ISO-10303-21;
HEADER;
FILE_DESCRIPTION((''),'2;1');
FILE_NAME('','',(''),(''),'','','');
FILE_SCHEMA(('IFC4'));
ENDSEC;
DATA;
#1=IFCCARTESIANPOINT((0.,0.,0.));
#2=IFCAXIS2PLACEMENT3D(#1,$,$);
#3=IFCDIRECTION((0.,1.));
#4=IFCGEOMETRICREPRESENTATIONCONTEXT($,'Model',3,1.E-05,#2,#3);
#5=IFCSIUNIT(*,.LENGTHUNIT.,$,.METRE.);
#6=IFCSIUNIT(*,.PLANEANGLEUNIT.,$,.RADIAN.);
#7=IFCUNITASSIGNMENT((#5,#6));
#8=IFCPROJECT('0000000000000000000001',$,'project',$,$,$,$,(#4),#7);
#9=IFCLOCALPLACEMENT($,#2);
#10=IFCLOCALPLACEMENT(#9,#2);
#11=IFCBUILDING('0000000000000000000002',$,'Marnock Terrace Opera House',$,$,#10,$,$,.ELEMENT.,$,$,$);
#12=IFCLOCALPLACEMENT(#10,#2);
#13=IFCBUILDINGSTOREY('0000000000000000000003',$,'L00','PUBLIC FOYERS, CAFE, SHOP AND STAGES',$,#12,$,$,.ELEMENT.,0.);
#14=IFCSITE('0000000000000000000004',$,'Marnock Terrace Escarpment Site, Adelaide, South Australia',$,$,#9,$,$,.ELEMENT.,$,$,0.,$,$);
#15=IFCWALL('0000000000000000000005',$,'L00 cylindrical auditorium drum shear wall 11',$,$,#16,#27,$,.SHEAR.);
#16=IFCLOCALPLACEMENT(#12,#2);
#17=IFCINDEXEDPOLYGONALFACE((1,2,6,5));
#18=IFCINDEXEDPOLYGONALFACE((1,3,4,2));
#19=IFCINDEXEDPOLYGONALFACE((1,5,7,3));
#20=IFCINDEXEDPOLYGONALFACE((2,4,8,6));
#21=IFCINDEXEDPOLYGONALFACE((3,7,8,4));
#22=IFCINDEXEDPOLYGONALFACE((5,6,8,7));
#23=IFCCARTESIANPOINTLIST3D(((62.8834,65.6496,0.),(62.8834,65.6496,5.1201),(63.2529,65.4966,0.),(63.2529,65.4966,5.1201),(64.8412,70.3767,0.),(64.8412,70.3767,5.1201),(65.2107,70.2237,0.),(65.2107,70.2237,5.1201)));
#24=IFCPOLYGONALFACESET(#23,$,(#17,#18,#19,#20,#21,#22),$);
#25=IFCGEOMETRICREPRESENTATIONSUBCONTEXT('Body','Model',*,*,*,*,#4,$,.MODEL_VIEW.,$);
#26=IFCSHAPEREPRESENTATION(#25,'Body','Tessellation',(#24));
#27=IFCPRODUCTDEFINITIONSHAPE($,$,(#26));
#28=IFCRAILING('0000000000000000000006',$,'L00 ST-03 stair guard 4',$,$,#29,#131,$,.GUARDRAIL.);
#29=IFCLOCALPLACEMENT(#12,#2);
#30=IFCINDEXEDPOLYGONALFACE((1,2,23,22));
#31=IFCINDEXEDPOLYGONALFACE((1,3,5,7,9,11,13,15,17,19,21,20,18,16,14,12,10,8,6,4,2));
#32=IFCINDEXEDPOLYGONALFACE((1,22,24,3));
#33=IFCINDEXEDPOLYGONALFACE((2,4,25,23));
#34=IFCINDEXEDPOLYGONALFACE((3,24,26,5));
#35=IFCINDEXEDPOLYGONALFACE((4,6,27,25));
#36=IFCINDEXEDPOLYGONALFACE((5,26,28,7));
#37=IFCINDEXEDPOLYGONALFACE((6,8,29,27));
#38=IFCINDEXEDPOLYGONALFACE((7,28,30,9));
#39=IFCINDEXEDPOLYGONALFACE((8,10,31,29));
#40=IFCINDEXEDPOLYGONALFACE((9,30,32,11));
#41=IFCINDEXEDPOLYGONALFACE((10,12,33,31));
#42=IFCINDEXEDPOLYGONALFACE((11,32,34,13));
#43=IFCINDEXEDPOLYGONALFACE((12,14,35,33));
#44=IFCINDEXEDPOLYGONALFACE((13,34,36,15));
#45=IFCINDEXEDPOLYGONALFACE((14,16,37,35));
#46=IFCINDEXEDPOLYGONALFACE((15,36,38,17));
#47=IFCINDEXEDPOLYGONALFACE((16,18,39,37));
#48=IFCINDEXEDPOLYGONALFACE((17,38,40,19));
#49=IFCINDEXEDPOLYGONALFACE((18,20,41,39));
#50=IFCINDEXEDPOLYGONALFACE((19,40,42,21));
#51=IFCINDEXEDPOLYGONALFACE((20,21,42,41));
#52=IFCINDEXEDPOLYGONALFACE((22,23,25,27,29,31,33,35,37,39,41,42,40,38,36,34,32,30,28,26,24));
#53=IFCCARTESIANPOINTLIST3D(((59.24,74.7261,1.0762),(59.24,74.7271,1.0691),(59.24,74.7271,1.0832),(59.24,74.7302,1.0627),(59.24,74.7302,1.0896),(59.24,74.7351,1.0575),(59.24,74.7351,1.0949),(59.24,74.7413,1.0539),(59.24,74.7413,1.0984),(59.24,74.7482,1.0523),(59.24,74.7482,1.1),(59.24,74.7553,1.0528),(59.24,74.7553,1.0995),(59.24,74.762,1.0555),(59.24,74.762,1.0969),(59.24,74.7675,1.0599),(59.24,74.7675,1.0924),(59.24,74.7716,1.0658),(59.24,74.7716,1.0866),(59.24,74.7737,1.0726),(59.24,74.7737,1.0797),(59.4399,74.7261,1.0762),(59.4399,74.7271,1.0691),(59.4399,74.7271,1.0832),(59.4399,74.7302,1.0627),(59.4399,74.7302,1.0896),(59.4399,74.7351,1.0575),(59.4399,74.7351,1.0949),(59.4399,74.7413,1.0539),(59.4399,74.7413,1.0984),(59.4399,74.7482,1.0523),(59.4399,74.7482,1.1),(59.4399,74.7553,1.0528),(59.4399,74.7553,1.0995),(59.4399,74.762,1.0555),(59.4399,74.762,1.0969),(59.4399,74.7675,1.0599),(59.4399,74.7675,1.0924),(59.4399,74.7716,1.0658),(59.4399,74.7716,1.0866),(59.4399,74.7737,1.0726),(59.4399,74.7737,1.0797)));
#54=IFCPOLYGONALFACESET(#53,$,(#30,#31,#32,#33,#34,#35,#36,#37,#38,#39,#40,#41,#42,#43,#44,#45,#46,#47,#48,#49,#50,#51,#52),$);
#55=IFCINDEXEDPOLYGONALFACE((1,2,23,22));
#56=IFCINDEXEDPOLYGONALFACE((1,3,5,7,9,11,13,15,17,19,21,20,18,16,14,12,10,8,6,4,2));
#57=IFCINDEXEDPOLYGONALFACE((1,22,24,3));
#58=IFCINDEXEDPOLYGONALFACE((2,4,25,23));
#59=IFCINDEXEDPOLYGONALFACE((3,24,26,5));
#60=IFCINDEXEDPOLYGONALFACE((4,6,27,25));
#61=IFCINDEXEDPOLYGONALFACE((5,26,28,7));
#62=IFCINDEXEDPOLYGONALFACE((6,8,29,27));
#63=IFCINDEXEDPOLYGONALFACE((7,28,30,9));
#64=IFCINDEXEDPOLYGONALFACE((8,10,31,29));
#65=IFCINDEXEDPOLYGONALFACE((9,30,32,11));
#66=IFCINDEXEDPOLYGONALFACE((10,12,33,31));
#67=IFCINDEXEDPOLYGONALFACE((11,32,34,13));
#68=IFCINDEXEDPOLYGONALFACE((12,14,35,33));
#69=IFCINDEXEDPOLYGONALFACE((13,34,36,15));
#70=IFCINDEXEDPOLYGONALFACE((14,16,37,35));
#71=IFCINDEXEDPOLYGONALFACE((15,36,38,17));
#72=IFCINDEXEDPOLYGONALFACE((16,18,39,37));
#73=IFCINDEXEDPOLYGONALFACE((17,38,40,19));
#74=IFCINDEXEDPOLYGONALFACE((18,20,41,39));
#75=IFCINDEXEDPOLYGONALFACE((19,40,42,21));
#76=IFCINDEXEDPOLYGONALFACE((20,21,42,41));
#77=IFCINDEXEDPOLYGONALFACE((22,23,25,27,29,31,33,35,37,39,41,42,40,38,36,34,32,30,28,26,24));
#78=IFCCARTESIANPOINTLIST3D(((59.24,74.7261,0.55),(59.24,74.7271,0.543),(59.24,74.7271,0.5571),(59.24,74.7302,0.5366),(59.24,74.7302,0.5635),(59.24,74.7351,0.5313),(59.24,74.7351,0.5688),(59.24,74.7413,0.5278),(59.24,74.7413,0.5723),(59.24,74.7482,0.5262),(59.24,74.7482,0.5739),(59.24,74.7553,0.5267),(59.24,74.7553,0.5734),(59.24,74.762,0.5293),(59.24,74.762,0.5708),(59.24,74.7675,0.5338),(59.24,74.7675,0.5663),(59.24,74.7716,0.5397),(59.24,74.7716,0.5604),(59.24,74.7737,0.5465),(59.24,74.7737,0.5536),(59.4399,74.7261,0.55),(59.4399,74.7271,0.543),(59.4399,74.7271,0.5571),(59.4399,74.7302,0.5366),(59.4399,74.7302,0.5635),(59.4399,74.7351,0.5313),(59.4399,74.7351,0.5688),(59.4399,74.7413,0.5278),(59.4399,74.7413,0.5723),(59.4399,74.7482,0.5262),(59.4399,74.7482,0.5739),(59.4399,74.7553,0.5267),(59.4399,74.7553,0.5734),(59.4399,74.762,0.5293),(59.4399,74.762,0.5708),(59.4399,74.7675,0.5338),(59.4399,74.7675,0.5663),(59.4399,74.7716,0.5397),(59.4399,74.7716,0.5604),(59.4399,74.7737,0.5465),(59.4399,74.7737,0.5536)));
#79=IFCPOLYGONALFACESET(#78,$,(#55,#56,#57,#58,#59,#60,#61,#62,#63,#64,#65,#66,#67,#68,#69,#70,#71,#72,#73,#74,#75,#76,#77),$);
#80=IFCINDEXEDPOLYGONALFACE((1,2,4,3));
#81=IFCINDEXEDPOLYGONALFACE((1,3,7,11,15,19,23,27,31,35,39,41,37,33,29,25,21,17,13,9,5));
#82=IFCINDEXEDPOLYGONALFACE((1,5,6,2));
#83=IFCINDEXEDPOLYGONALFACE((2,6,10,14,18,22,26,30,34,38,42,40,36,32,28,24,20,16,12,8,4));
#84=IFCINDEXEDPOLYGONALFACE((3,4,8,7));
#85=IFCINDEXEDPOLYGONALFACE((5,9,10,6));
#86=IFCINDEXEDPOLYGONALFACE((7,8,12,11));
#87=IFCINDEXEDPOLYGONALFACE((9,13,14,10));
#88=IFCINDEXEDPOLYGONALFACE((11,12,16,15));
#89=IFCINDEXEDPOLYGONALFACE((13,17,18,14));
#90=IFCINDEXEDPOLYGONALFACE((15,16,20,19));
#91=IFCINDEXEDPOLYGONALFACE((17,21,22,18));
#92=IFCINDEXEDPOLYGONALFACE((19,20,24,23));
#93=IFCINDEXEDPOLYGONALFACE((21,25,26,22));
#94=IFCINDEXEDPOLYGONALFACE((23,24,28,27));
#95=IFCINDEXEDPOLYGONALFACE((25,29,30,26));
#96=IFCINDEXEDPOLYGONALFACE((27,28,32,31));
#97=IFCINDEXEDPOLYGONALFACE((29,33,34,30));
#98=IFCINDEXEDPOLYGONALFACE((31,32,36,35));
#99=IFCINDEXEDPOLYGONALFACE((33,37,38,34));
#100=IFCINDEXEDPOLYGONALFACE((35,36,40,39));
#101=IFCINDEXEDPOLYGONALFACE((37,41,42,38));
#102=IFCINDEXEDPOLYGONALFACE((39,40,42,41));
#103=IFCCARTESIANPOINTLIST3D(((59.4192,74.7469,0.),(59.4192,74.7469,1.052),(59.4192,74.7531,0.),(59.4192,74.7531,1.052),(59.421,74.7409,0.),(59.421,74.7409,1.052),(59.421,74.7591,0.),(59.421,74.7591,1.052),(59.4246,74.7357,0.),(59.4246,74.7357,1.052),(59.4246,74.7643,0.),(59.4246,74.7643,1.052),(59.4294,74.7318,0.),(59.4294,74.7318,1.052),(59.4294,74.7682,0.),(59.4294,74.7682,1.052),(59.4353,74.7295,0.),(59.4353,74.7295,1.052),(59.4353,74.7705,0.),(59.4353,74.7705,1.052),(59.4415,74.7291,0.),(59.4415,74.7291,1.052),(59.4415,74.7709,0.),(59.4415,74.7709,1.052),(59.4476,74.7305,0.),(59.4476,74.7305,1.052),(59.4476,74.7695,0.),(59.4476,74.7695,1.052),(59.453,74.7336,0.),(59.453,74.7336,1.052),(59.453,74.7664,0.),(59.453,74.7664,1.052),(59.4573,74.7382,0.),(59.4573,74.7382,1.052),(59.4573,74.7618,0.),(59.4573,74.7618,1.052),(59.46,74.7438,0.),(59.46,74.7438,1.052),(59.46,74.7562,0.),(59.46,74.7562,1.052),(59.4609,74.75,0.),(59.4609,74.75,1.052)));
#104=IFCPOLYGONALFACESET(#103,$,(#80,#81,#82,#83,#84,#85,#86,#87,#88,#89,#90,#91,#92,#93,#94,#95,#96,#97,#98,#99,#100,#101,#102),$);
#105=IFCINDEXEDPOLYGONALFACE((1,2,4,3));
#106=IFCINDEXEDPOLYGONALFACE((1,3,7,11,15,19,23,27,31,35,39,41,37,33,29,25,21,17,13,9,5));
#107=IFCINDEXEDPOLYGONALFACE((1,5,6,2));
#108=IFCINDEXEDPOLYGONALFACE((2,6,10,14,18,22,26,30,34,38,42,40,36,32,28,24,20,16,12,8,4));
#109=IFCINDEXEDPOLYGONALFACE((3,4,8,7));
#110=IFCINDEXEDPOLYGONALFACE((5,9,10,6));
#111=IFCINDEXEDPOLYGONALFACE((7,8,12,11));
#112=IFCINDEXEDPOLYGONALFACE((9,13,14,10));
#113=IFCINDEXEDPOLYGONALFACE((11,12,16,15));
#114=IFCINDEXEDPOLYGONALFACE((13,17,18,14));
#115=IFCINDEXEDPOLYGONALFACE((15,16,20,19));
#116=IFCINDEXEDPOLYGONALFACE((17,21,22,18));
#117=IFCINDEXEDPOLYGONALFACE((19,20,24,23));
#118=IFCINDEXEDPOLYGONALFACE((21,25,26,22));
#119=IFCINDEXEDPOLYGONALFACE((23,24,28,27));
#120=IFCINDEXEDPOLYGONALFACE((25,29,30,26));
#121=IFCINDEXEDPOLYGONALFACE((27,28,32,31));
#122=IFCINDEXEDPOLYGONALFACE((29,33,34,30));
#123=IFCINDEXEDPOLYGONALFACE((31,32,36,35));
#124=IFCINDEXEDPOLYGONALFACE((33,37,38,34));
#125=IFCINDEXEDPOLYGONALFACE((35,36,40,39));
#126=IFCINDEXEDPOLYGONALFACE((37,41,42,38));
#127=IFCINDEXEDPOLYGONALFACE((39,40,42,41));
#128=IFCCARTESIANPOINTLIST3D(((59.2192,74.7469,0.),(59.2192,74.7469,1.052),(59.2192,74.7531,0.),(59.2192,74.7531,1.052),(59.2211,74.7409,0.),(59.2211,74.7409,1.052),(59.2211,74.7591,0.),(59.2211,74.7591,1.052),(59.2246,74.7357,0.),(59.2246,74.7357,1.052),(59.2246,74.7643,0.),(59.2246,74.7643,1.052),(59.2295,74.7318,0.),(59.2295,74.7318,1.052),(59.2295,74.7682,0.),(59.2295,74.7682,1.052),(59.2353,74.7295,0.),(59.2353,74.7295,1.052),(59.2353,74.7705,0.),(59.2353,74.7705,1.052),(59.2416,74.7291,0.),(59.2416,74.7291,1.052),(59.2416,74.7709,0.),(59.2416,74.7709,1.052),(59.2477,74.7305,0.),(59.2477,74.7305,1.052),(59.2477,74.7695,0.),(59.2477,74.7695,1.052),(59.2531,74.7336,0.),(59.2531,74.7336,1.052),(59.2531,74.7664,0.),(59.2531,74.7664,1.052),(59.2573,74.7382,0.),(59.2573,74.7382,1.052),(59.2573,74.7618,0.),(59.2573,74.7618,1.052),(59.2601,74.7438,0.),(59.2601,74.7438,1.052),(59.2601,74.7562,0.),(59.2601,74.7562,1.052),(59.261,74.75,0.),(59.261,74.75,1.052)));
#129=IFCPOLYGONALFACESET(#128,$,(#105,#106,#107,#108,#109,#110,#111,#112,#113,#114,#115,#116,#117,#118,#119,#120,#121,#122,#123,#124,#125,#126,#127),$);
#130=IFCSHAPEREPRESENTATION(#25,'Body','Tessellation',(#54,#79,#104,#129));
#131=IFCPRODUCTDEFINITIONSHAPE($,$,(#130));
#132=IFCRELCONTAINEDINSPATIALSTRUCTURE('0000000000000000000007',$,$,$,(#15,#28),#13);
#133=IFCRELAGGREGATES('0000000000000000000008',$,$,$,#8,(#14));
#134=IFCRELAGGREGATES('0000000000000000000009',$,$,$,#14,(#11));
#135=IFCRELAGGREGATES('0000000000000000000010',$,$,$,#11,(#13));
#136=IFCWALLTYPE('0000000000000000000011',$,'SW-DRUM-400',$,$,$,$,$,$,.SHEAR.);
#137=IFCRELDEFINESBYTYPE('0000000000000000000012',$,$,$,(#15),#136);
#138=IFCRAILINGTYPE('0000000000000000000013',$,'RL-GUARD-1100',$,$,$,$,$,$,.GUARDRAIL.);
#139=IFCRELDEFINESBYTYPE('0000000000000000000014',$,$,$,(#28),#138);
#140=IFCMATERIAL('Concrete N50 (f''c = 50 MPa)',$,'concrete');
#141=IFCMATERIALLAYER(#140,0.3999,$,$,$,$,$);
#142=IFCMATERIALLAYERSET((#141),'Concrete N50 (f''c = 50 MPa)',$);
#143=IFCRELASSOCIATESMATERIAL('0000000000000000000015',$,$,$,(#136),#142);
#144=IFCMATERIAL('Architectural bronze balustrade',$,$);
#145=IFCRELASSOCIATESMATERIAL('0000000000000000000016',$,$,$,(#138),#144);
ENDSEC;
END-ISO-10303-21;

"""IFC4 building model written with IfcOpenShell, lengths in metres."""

from ifc_helpers import new_model, si_unit, direction, frame, frame_2d, origin, origin_2d, place, context, subcontext, project, spatial, rectangle, circle, extrude, material, layer, layer_set, type_object, element, save


model = new_model("IFC4")

# Units and contexts
model_context = context("Model", 3, precision=1e-05, world=origin(), true_north=direction((0.0, 1.0)))
body_context = subcontext(model_context, "Body", "Model", "MODEL_VIEW")
ifc_project = project(units=[si_unit("LENGTHUNIT", "METRE"), si_unit("PLANEANGLEUNIT", "RADIAN")], contexts=[model_context])

# Site, building, storey
site_placement = place(None, origin())
site = spatial("IfcSite", under=ifc_project, at=site_placement, Name="Marnock Terrace Escarpment Site, Adelaide, South Australia", CompositionType="ELEMENT", RefElevation=0.0)
building_placement = place(site_placement, origin())
building = spatial("IfcBuilding", under=site, at=building_placement, Name="Marnock Terrace Opera House", CompositionType="ELEMENT")
storey_placement = place(building_placement, origin())
storey = spatial("IfcBuildingStorey", under=building, at=storey_placement, Name="L00", Description="PUBLIC FOYERS, CAFE, SHOP AND STAGES", CompositionType="ELEMENT", Elevation=0.0)

# Shared definitions
ifc_material_1 = material(Name="Concrete N50 (f'c = 50 MPa)", Category="concrete")

# Wall
ifc_layer_1 = layer(ifc_material_1, 0.3999)
ifc_layer_set_1 = layer_set([ifc_layer_1], Name="Concrete N50 (f'c = 50 MPa)")
wall_type_1 = type_object("IfcWallType", Name="SW-DRUM-400", PredefinedType="SHEAR", material=ifc_layer_set_1)
for number, where, z_axis, x_axis, name in (
    (1, (65.0259, 70.3, 0.0), (0.0, 0.0, 1.0), (-0.382643, -0.923896, 0.0), "L00 cylindrical auditorium drum shear wall 11"),
):
    element("IfcWall", number, at=place(storey_placement, frame(where, z_axis=z_axis, x_axis=x_axis)), inside=storey, type_object=wall_type_1, Name=name, PredefinedType="SHEAR", context=body_context, shape_type="SweptSolid", body=[
        extrude(rectangle(XDim=5.1165, YDim=0.3999, at=frame_2d((2.5581, 0.0))), origin(), (0.0, 0.0, 1.0), 5.1201),
    ])

# Railing
ifc_material_2 = material(Name="Architectural bronze balustrade")
railing_type = type_object("IfcRailingType", Name="RL-GUARD-1100", PredefinedType="GUARDRAIL", material=ifc_material_2)
railing_placement = place(storey_placement, frame((59.4399, 74.75, 0.0)))
element("IfcRailing", 2, at=railing_placement, inside=storey, type_object=railing_type, Name="L00 ST-03 stair guard 4", PredefinedType="GUARDRAIL", context=body_context, shape_type="SweptSolid", body=[
    extrude(circle(Radius=0.0239, at=origin_2d()), frame((0.0, 0.0, 1.0762), z_axis=(-1.0, 0.0, 0.0), x_axis=(0.0, -1.0, 0.0)), (0.0, 0.0, 1.0), 0.2),
    extrude(circle(Radius=0.0239, at=origin_2d()), frame((0.0, 0.0, 0.55), z_axis=(-1.0, 0.0, 0.0), x_axis=(0.0, -1.0, 0.0)), (0.0, 0.0, 1.0), 0.2),
    extrude(circle(Radius=0.021, at=origin_2d()), origin(), (0.0, 0.0, 1.0), 1.052),
    extrude(circle(Radius=0.021, at=origin_2d()), frame((-0.2, 0.0, 0.0)), (0.0, 0.0, 1.0), 1.052),
])

save(model, "model.ifc")
